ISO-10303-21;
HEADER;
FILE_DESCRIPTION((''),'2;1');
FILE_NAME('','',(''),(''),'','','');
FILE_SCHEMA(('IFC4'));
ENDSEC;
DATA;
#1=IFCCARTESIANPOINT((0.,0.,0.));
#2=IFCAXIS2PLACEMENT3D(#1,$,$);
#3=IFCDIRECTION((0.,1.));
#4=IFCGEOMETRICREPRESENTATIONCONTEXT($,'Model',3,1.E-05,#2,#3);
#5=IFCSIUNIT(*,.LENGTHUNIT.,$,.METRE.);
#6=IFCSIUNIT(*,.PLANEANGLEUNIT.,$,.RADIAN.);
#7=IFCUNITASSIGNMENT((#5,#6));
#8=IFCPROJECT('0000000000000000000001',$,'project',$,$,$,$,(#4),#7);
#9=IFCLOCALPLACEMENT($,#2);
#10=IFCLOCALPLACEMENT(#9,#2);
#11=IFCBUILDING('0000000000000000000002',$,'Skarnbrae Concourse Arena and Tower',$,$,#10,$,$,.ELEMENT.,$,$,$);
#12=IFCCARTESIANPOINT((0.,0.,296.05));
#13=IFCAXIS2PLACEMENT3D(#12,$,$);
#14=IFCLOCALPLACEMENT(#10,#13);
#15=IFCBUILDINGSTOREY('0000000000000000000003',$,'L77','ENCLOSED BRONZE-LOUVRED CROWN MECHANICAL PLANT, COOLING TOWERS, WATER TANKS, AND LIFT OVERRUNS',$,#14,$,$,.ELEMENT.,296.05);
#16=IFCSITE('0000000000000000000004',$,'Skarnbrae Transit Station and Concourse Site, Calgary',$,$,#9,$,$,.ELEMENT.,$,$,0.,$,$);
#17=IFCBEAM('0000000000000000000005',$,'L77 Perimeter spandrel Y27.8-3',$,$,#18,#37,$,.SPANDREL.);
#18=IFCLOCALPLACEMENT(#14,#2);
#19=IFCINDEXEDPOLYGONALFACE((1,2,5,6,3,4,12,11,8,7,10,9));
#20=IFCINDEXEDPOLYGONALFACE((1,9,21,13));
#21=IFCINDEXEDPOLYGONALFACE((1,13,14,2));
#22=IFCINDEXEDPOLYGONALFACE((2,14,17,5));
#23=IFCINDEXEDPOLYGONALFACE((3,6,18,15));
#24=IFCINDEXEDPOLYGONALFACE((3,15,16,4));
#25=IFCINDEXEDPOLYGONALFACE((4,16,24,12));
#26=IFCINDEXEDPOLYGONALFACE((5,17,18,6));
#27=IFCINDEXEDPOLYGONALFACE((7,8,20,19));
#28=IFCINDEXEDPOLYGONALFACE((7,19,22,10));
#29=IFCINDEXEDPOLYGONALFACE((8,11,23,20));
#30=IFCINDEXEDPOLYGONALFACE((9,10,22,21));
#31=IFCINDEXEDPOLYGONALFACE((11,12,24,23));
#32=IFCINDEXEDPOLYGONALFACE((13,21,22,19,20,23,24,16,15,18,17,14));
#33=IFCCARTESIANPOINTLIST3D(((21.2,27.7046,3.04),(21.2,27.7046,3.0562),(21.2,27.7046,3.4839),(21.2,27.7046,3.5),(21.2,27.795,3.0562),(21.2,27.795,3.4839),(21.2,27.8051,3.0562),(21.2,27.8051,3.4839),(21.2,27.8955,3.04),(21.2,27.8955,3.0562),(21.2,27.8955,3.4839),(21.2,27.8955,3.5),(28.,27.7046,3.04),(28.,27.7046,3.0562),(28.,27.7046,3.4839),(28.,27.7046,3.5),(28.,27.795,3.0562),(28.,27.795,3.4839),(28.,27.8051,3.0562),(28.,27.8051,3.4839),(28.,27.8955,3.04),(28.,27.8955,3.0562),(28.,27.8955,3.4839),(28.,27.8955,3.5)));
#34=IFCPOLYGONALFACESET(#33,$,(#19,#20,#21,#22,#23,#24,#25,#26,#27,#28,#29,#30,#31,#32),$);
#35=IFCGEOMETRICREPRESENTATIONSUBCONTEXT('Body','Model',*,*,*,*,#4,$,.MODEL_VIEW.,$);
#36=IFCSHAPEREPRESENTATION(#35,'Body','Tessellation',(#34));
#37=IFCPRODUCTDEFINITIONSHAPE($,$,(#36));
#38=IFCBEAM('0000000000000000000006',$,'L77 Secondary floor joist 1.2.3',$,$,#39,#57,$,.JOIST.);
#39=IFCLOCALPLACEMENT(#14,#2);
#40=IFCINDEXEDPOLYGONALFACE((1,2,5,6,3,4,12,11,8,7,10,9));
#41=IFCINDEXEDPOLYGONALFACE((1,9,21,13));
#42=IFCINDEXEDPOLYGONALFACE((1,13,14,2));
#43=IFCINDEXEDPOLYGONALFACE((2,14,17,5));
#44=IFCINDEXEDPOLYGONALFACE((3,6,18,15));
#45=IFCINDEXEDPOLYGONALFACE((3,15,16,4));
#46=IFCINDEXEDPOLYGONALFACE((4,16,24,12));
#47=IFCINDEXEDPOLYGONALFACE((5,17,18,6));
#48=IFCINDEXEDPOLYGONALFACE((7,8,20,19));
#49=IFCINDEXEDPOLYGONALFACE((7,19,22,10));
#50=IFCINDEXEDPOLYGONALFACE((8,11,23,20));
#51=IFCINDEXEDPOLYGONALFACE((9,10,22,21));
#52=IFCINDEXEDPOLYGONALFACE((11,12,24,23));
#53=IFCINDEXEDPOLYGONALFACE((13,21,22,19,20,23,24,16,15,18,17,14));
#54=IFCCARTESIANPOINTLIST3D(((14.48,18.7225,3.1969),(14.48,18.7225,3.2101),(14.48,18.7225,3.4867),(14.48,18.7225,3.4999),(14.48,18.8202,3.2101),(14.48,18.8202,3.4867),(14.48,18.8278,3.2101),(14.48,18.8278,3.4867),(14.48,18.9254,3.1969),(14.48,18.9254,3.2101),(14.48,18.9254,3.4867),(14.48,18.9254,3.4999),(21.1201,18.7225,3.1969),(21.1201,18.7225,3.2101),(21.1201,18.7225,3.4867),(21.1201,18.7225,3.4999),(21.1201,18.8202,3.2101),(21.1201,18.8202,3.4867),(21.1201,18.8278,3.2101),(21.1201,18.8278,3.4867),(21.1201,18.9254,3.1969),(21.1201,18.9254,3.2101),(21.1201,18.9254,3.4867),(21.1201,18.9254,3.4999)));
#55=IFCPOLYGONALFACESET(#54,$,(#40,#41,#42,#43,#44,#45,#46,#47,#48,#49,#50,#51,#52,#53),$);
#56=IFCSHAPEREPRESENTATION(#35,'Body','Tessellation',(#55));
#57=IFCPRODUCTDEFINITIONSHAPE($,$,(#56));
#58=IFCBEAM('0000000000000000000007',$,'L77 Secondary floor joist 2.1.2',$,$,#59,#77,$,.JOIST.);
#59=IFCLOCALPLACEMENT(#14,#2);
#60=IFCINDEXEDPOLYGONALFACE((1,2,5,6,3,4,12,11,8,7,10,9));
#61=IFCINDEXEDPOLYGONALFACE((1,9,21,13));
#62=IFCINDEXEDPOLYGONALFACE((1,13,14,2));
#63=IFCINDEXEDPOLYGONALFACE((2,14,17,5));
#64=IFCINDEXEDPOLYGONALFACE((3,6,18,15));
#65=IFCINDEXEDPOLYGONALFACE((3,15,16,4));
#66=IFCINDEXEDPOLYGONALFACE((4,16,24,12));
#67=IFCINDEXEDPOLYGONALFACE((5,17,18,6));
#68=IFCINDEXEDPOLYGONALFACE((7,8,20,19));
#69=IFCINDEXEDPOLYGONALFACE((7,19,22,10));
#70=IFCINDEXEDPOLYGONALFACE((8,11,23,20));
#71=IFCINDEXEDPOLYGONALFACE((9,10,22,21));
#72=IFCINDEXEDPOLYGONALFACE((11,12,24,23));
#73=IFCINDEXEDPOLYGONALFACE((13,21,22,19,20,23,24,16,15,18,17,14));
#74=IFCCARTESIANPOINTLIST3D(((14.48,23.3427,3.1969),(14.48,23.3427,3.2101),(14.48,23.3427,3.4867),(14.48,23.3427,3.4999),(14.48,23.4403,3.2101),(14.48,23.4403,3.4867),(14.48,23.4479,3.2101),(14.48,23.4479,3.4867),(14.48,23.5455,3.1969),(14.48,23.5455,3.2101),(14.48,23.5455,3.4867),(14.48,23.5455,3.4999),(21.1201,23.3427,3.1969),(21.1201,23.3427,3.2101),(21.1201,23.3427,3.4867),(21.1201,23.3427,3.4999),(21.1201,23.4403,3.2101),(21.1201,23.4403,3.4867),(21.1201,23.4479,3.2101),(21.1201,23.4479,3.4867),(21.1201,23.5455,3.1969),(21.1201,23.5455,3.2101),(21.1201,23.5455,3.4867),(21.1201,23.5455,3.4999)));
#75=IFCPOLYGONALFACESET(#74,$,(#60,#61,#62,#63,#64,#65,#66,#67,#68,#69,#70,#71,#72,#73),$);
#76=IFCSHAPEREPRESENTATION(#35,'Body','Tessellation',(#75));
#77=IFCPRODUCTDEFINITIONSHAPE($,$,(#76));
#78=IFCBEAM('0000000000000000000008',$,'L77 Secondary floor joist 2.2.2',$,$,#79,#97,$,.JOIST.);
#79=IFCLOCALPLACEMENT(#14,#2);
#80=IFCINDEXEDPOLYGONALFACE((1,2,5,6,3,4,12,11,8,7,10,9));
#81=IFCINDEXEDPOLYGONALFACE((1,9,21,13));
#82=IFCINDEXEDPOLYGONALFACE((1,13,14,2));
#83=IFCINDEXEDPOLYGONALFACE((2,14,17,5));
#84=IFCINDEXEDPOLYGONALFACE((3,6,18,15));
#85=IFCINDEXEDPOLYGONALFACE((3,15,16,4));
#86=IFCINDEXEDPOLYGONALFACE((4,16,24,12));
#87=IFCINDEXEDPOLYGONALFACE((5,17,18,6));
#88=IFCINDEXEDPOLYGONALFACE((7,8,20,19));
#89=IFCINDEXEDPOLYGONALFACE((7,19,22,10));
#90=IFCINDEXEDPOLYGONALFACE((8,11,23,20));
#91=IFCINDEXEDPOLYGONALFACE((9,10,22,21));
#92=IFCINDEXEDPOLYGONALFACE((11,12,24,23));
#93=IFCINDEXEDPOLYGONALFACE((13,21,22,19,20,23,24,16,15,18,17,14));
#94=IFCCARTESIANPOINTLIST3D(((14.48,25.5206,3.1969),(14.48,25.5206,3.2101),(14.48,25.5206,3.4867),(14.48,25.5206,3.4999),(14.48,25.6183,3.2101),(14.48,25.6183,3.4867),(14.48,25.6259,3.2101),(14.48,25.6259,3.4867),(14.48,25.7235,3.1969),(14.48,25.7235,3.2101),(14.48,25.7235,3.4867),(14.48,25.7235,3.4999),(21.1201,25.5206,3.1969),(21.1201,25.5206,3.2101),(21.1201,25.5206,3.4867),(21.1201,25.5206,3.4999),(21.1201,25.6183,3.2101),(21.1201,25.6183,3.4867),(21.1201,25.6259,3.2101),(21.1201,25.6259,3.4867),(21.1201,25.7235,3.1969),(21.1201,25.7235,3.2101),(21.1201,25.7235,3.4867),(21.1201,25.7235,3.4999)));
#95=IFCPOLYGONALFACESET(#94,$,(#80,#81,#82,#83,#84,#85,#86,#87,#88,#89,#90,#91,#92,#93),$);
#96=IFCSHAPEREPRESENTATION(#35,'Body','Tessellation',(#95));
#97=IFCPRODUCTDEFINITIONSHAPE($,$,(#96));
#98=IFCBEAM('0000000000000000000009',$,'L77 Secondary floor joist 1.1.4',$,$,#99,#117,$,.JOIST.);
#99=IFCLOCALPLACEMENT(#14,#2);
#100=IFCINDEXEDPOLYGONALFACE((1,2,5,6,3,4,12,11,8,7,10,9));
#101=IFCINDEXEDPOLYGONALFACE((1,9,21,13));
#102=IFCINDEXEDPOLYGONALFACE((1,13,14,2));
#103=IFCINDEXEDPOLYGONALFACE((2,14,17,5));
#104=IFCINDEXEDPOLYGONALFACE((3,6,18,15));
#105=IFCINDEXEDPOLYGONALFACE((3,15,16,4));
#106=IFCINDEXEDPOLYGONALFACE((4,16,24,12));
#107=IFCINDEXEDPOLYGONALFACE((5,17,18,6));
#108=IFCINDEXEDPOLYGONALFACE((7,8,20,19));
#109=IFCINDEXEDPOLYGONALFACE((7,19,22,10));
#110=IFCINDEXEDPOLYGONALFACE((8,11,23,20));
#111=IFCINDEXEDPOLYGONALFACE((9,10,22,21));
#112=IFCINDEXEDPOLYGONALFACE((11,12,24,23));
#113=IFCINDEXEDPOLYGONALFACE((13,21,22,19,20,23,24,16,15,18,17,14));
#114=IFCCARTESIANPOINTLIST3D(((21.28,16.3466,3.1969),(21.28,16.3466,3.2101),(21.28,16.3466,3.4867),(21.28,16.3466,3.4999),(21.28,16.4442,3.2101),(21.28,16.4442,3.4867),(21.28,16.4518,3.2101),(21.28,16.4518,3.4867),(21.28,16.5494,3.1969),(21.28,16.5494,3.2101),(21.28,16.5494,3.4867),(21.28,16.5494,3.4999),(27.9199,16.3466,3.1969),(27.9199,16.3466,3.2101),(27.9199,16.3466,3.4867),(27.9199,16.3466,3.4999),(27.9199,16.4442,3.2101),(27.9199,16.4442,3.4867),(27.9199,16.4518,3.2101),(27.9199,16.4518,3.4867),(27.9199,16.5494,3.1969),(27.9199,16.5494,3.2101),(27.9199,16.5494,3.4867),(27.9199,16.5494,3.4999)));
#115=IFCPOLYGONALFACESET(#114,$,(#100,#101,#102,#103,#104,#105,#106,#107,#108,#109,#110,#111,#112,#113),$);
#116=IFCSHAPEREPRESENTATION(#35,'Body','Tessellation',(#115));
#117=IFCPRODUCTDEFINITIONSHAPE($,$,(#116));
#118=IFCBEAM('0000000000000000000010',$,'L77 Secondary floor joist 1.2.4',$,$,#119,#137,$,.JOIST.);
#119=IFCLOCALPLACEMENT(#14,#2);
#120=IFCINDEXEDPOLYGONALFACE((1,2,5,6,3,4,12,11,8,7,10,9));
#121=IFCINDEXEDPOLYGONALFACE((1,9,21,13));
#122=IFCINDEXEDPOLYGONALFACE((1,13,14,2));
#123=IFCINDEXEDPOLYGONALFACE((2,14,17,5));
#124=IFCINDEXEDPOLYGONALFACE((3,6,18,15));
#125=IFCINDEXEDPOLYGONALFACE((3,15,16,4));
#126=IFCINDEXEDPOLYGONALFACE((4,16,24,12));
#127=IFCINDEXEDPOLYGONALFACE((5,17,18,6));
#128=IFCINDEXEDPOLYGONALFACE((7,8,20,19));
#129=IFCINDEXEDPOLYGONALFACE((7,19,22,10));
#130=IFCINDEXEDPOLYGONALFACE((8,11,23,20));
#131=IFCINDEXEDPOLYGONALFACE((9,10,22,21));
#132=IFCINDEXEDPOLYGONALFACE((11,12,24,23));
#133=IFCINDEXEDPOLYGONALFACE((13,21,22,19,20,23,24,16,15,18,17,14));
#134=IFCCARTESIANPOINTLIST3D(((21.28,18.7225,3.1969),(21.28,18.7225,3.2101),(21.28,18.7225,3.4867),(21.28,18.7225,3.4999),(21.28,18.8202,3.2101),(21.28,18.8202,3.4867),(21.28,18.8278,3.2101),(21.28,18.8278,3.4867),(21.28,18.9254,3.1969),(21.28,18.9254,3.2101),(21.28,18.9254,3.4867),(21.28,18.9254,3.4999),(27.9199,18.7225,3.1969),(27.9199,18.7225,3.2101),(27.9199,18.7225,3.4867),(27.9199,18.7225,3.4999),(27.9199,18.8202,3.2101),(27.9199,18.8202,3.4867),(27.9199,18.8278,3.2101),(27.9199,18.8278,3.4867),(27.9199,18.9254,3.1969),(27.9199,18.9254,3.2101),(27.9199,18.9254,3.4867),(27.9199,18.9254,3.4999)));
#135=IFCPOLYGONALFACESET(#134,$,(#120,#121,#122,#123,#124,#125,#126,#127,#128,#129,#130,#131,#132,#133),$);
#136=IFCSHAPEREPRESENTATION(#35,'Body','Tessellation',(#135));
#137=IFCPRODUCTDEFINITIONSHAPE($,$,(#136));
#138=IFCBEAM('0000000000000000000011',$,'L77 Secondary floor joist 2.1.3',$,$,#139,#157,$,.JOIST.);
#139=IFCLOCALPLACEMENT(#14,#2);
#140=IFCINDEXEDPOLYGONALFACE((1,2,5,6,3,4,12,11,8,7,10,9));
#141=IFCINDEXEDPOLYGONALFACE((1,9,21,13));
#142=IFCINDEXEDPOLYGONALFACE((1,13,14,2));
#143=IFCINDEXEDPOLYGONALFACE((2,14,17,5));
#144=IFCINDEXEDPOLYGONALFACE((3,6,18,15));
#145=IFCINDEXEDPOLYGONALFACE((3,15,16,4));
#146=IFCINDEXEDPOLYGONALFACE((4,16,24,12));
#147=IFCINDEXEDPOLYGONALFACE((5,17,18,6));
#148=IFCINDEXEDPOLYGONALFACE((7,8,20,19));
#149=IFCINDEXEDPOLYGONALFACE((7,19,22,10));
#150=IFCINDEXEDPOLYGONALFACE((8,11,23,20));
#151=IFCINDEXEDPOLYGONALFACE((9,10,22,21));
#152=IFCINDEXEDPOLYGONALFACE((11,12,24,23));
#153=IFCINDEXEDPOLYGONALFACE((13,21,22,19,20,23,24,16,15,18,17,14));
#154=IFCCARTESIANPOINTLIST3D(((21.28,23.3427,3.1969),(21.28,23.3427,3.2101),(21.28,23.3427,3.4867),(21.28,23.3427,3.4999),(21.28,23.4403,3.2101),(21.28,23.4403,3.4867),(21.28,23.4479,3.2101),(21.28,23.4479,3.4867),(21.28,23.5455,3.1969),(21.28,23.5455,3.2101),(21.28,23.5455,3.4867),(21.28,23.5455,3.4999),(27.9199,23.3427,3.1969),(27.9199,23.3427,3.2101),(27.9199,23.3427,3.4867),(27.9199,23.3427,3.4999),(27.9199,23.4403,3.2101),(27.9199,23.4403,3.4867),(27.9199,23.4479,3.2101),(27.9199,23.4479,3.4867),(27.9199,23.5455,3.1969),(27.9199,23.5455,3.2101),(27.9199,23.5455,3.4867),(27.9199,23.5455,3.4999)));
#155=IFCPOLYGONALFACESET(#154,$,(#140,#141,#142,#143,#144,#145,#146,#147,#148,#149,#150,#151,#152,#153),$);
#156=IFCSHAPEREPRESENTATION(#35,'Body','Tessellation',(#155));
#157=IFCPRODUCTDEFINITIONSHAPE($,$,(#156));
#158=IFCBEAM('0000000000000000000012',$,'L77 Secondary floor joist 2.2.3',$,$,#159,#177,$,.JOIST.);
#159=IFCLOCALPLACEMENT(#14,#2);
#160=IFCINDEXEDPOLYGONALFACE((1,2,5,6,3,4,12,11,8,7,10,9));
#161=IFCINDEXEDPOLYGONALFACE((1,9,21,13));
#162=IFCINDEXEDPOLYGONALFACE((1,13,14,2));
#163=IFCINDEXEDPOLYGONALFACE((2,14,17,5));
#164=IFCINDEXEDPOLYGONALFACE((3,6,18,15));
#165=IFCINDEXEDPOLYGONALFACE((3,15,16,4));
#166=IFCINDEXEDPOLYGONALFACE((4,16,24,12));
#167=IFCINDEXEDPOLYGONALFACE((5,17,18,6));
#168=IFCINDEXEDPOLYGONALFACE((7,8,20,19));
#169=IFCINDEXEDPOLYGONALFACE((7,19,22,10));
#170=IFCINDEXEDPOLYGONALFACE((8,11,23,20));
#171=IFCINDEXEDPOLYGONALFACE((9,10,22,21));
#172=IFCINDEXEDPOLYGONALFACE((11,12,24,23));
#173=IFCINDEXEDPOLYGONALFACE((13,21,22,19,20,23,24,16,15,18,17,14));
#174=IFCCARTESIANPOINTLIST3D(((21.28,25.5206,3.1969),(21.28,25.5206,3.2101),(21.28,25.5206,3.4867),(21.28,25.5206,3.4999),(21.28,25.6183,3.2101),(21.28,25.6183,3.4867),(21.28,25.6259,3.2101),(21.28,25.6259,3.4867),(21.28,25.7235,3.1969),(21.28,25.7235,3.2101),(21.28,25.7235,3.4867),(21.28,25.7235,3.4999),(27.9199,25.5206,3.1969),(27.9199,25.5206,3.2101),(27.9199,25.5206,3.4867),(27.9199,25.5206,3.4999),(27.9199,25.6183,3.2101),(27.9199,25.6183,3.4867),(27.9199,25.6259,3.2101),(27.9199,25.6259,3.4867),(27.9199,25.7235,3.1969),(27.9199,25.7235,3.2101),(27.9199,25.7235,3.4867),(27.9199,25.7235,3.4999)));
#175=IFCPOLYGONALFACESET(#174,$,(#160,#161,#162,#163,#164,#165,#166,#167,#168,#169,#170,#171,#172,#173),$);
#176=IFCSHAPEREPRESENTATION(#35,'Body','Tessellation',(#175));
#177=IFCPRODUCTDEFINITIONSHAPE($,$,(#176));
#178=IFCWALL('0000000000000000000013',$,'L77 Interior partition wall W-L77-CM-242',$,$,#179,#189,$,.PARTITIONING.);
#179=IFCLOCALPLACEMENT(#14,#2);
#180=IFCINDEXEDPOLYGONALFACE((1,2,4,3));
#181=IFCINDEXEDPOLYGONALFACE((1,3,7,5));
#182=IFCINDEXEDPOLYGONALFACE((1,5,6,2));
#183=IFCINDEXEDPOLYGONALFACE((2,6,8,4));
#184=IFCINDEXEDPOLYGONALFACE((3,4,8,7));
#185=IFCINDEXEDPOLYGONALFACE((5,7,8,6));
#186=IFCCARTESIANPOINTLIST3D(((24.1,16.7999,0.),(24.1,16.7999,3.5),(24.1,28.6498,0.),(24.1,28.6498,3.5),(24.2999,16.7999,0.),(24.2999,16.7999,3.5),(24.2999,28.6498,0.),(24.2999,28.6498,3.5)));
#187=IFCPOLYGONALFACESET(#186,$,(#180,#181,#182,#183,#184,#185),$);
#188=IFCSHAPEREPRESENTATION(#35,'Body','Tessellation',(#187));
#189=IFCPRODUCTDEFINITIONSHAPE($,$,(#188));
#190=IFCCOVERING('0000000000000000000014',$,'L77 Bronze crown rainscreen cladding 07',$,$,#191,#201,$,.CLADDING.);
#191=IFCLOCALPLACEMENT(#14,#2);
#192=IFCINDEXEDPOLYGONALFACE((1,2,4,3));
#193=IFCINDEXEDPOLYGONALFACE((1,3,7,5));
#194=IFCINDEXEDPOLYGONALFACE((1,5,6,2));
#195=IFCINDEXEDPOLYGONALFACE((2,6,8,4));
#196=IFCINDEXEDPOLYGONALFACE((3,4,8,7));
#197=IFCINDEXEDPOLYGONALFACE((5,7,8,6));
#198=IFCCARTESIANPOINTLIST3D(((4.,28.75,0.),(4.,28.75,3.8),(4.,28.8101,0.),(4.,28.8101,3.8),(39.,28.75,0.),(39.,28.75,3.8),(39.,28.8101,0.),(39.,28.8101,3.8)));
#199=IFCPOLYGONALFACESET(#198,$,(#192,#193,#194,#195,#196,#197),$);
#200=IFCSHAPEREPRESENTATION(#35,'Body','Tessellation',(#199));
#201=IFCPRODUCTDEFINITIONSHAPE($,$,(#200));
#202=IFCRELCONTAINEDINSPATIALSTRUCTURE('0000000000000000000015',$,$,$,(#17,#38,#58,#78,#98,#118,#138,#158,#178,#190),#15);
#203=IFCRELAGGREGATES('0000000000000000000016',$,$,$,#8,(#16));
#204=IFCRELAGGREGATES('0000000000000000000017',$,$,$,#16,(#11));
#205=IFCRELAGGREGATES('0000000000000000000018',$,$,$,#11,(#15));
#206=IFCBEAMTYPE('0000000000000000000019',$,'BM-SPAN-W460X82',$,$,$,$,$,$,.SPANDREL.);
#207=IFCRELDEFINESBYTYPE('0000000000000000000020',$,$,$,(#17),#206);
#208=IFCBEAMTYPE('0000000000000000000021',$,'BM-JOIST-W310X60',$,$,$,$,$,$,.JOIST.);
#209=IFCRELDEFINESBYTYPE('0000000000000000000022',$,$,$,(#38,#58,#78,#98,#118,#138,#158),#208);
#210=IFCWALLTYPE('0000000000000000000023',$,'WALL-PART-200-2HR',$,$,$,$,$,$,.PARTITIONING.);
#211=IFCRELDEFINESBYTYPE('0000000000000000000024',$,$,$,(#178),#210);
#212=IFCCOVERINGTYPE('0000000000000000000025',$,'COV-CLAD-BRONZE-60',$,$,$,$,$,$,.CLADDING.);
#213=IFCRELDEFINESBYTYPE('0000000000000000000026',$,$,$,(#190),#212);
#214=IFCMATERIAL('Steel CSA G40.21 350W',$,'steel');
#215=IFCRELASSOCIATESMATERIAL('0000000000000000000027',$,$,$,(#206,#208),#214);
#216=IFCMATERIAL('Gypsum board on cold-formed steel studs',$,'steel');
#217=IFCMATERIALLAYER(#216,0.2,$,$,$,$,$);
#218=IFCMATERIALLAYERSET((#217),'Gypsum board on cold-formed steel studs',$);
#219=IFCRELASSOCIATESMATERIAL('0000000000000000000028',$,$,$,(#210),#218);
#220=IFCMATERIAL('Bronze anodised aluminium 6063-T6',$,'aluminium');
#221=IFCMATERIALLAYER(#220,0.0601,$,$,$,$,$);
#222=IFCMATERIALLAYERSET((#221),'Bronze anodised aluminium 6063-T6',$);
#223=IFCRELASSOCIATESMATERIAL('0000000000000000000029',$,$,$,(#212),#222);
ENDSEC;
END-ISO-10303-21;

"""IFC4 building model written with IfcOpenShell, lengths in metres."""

from ifc_helpers import new_model, si_unit, direction, frame, frame_2d, origin, origin_2d, place, context, subcontext, project, spatial, rectangle, i_section, extrude, source, transform, mapped, material, layer, layer_set, material_profile, profile_set, type_object, element, save


model = new_model("IFC4")

# Units and contexts
model_context = context("Model", 3, precision=1e-05, world=origin(), true_north=direction((0.0, 1.0)))
body_context = subcontext(model_context, "Body", "Model", "MODEL_VIEW")
ifc_project = project(units=[si_unit("LENGTHUNIT", "METRE"), si_unit("PLANEANGLEUNIT", "RADIAN")], contexts=[model_context])

# Site, building, storey
site_placement = place(None, origin())
site = spatial("IfcSite", under=ifc_project, at=site_placement, Name="Skarnbrae Transit Station and Concourse Site, Calgary", CompositionType="ELEMENT", RefElevation=0.0)
building_placement = place(site_placement, origin())
building = spatial("IfcBuilding", under=site, at=building_placement, Name="Skarnbrae Concourse Arena and Tower", CompositionType="ELEMENT")
storey_placement = place(building_placement, frame((0.0, 0.0, 296.05)))
storey = spatial("IfcBuildingStorey", under=building, at=storey_placement, Name="L77", Description="ENCLOSED BRONZE-LOUVRED CROWN MECHANICAL PLANT, COOLING TOWERS, WATER TANKS, AND LIFT OVERRUNS", CompositionType="ELEMENT", Elevation=296.05)

# Shared definitions
ifc_material_1 = material(Name="Steel CSA G40.21 350W", Category="steel")

# Beams
ifc_material_profile_1 = material_profile(ifc_material_1, i_section(OverallWidth=0.1909, OverallDepth=0.46, WebThickness=0.01, FlangeThickness=0.0161, at=origin_2d()), Name="W460X82")
ifc_profile_set_1 = profile_set([ifc_material_profile_1], Name="Steel CSA G40.21 350W")
beam_type_1 = type_object("IfcBeamType", Name="BM-SPAN-W460X82", PredefinedType="SPANDREL", material=ifc_profile_set_1)
shared_shape_1 = source(origin(), body_context, "Body", "SweptSolid", [
    extrude(i_section(OverallWidth=0.1909, OverallDepth=0.46, WebThickness=0.01, FlangeThickness=0.0161, at=origin_2d()), origin(), (0.0, 0.0, 1.0), 6.8),
])
beam_1_placement = place(storey_placement, frame((21.2, 27.8, 3.27), z_axis=(1.0, 0.0, 0.0), x_axis=(0.0, 1.0, 0.0)))
element("IfcBeam", 1, at=beam_1_placement, inside=storey, type_object=beam_type_1, Name="L77 Perimeter spandrel Y27.8-3", PredefinedType="SPANDREL", context=body_context, shape_type="MappedRepresentation", body=[
    mapped(shared_shape_1, transform((0.0, 0.0, 0.0))),
])
ifc_material_profile_2 = material_profile(ifc_material_1, i_section(OverallWidth=0.2029, OverallDepth=0.303, WebThickness=0.0076, FlangeThickness=0.0132, at=origin_2d()), Name="W310X60")
ifc_profile_set_2 = profile_set([ifc_material_profile_2], Name="Steel CSA G40.21 350W")
beam_type_2 = type_object("IfcBeamType", Name="BM-JOIST-W310X60", PredefinedType="JOIST", material=ifc_profile_set_2)
shared_shape_2 = source(origin(), body_context, "Body", "SweptSolid", [
    extrude(i_section(OverallWidth=0.2029, OverallDepth=0.303, WebThickness=0.0076, FlangeThickness=0.0132, at=origin_2d()), origin(), (0.0, 0.0, 1.0), 6.6401),
])
for number, where, z_axis, x_axis, name in (
    (2, (14.48, 18.824, 3.3484), (1.0, 0.0, 0.0), (0.0, 1.0, 0.0), "L77 Secondary floor joist 1.2.3"),
    (3, (14.48, 23.4441, 3.3484), (1.0, 0.0, 0.0), (0.0, 1.0, 0.0), "L77 Secondary floor joist 2.1.2"),
    (4, (14.48, 25.6221, 3.3484), (1.0, 0.0, 0.0), (0.0, 1.0, 0.0), "L77 Secondary floor joist 2.2.2"),
):
    element("IfcBeam", number, at=place(storey_placement, frame(where, z_axis=z_axis, x_axis=x_axis)), inside=storey, type_object=beam_type_2, Name=name, PredefinedType="JOIST", context=body_context, shape_type="MappedRepresentation", body=[
        mapped(shared_shape_2, transform((0.0, 0.0, 0.0))),
    ])
shared_shape_3 = source(origin(), body_context, "Body", "SweptSolid", [
    extrude(i_section(OverallWidth=0.2029, OverallDepth=0.303, WebThickness=0.0076, FlangeThickness=0.0132, at=origin_2d()), origin(), (0.0, 0.0, 1.0), 6.6399),
])
for number, where, z_axis, x_axis, name in (
    (5, (21.28, 16.448, 3.3484), (1.0, 0.0, 0.0), (0.0, 1.0, 0.0), "L77 Secondary floor joist 1.1.4"),
    (6, (21.28, 18.824, 3.3484), (1.0, 0.0, 0.0), (0.0, 1.0, 0.0), "L77 Secondary floor joist 1.2.4"),
    (7, (21.28, 23.4441, 3.3484), (1.0, 0.0, 0.0), (0.0, 1.0, 0.0), "L77 Secondary floor joist 2.1.3"),
    (8, (21.28, 25.6221, 3.3484), (1.0, 0.0, 0.0), (0.0, 1.0, 0.0), "L77 Secondary floor joist 2.2.3"),
):
    element("IfcBeam", number, at=place(storey_placement, frame(where, z_axis=z_axis, x_axis=x_axis)), inside=storey, type_object=beam_type_2, Name=name, PredefinedType="JOIST", context=body_context, shape_type="MappedRepresentation", body=[
        mapped(shared_shape_3, transform((0.0, 0.0, 0.0))),
    ])

# Wall
ifc_material_2 = material(Name="Gypsum board on cold-formed steel studs", Category="steel")
ifc_layer_1 = layer(ifc_material_2, 0.2)
ifc_layer_set_1 = layer_set([ifc_layer_1], Name="Gypsum board on cold-formed steel studs")
wall_type = type_object("IfcWallType", Name="WALL-PART-200-2HR", PredefinedType="PARTITIONING", material=ifc_layer_set_1)
shared_shape_4 = source(origin(), body_context, "Body", "SweptSolid", [
    extrude(rectangle(XDim=11.8499, YDim=0.2, at=frame_2d((5.9248, 0.0))), origin(), (0.0, 0.0, 1.0), 3.5),
])
wall_placement = place(storey_placement, frame((24.2, 16.8, 0.0), z_axis=(0.0, 0.0, 1.0), x_axis=(0.0, 1.0, 0.0)))
element("IfcWall", 9, at=wall_placement, inside=storey, type_object=wall_type, Name="L77 Interior partition wall W-L77-CM-242", PredefinedType="PARTITIONING", context=body_context, shape_type="MappedRepresentation", body=[
    mapped(shared_shape_4, transform((0.0, 0.0, 0.0))),
])

# Covering
ifc_material_3 = material(Name="Bronze anodised aluminium 6063-T6", Category="aluminium")
ifc_layer_2 = layer(ifc_material_3, 0.0601)
ifc_layer_set_2 = layer_set([ifc_layer_2], Name="Bronze anodised aluminium 6063-T6")
covering_type = type_object("IfcCoveringType", Name="COV-CLAD-BRONZE-60", PredefinedType="CLADDING", material=ifc_layer_set_2)
shared_shape_5 = source(origin(), body_context, "Body", "SweptSolid", [
    extrude(rectangle(XDim=35.0, YDim=0.0601, at=origin_2d()), origin(), (0.0, 0.0, 1.0), 3.8),
])
covering_placement = place(storey_placement, frame((21.5, 28.78, 0.0), z_axis=(0.0, 0.0, 1.0), x_axis=(-1.0, 0.0, 0.0)))
element("IfcCovering", 10, at=covering_placement, inside=storey, type_object=covering_type, Name="L77 Bronze crown rainscreen cladding 07", PredefinedType="CLADDING", context=body_context, shape_type="MappedRepresentation", body=[
    mapped(shared_shape_5, transform((0.0, 0.0, 0.0))),
])

save(model, "model.ifc")
